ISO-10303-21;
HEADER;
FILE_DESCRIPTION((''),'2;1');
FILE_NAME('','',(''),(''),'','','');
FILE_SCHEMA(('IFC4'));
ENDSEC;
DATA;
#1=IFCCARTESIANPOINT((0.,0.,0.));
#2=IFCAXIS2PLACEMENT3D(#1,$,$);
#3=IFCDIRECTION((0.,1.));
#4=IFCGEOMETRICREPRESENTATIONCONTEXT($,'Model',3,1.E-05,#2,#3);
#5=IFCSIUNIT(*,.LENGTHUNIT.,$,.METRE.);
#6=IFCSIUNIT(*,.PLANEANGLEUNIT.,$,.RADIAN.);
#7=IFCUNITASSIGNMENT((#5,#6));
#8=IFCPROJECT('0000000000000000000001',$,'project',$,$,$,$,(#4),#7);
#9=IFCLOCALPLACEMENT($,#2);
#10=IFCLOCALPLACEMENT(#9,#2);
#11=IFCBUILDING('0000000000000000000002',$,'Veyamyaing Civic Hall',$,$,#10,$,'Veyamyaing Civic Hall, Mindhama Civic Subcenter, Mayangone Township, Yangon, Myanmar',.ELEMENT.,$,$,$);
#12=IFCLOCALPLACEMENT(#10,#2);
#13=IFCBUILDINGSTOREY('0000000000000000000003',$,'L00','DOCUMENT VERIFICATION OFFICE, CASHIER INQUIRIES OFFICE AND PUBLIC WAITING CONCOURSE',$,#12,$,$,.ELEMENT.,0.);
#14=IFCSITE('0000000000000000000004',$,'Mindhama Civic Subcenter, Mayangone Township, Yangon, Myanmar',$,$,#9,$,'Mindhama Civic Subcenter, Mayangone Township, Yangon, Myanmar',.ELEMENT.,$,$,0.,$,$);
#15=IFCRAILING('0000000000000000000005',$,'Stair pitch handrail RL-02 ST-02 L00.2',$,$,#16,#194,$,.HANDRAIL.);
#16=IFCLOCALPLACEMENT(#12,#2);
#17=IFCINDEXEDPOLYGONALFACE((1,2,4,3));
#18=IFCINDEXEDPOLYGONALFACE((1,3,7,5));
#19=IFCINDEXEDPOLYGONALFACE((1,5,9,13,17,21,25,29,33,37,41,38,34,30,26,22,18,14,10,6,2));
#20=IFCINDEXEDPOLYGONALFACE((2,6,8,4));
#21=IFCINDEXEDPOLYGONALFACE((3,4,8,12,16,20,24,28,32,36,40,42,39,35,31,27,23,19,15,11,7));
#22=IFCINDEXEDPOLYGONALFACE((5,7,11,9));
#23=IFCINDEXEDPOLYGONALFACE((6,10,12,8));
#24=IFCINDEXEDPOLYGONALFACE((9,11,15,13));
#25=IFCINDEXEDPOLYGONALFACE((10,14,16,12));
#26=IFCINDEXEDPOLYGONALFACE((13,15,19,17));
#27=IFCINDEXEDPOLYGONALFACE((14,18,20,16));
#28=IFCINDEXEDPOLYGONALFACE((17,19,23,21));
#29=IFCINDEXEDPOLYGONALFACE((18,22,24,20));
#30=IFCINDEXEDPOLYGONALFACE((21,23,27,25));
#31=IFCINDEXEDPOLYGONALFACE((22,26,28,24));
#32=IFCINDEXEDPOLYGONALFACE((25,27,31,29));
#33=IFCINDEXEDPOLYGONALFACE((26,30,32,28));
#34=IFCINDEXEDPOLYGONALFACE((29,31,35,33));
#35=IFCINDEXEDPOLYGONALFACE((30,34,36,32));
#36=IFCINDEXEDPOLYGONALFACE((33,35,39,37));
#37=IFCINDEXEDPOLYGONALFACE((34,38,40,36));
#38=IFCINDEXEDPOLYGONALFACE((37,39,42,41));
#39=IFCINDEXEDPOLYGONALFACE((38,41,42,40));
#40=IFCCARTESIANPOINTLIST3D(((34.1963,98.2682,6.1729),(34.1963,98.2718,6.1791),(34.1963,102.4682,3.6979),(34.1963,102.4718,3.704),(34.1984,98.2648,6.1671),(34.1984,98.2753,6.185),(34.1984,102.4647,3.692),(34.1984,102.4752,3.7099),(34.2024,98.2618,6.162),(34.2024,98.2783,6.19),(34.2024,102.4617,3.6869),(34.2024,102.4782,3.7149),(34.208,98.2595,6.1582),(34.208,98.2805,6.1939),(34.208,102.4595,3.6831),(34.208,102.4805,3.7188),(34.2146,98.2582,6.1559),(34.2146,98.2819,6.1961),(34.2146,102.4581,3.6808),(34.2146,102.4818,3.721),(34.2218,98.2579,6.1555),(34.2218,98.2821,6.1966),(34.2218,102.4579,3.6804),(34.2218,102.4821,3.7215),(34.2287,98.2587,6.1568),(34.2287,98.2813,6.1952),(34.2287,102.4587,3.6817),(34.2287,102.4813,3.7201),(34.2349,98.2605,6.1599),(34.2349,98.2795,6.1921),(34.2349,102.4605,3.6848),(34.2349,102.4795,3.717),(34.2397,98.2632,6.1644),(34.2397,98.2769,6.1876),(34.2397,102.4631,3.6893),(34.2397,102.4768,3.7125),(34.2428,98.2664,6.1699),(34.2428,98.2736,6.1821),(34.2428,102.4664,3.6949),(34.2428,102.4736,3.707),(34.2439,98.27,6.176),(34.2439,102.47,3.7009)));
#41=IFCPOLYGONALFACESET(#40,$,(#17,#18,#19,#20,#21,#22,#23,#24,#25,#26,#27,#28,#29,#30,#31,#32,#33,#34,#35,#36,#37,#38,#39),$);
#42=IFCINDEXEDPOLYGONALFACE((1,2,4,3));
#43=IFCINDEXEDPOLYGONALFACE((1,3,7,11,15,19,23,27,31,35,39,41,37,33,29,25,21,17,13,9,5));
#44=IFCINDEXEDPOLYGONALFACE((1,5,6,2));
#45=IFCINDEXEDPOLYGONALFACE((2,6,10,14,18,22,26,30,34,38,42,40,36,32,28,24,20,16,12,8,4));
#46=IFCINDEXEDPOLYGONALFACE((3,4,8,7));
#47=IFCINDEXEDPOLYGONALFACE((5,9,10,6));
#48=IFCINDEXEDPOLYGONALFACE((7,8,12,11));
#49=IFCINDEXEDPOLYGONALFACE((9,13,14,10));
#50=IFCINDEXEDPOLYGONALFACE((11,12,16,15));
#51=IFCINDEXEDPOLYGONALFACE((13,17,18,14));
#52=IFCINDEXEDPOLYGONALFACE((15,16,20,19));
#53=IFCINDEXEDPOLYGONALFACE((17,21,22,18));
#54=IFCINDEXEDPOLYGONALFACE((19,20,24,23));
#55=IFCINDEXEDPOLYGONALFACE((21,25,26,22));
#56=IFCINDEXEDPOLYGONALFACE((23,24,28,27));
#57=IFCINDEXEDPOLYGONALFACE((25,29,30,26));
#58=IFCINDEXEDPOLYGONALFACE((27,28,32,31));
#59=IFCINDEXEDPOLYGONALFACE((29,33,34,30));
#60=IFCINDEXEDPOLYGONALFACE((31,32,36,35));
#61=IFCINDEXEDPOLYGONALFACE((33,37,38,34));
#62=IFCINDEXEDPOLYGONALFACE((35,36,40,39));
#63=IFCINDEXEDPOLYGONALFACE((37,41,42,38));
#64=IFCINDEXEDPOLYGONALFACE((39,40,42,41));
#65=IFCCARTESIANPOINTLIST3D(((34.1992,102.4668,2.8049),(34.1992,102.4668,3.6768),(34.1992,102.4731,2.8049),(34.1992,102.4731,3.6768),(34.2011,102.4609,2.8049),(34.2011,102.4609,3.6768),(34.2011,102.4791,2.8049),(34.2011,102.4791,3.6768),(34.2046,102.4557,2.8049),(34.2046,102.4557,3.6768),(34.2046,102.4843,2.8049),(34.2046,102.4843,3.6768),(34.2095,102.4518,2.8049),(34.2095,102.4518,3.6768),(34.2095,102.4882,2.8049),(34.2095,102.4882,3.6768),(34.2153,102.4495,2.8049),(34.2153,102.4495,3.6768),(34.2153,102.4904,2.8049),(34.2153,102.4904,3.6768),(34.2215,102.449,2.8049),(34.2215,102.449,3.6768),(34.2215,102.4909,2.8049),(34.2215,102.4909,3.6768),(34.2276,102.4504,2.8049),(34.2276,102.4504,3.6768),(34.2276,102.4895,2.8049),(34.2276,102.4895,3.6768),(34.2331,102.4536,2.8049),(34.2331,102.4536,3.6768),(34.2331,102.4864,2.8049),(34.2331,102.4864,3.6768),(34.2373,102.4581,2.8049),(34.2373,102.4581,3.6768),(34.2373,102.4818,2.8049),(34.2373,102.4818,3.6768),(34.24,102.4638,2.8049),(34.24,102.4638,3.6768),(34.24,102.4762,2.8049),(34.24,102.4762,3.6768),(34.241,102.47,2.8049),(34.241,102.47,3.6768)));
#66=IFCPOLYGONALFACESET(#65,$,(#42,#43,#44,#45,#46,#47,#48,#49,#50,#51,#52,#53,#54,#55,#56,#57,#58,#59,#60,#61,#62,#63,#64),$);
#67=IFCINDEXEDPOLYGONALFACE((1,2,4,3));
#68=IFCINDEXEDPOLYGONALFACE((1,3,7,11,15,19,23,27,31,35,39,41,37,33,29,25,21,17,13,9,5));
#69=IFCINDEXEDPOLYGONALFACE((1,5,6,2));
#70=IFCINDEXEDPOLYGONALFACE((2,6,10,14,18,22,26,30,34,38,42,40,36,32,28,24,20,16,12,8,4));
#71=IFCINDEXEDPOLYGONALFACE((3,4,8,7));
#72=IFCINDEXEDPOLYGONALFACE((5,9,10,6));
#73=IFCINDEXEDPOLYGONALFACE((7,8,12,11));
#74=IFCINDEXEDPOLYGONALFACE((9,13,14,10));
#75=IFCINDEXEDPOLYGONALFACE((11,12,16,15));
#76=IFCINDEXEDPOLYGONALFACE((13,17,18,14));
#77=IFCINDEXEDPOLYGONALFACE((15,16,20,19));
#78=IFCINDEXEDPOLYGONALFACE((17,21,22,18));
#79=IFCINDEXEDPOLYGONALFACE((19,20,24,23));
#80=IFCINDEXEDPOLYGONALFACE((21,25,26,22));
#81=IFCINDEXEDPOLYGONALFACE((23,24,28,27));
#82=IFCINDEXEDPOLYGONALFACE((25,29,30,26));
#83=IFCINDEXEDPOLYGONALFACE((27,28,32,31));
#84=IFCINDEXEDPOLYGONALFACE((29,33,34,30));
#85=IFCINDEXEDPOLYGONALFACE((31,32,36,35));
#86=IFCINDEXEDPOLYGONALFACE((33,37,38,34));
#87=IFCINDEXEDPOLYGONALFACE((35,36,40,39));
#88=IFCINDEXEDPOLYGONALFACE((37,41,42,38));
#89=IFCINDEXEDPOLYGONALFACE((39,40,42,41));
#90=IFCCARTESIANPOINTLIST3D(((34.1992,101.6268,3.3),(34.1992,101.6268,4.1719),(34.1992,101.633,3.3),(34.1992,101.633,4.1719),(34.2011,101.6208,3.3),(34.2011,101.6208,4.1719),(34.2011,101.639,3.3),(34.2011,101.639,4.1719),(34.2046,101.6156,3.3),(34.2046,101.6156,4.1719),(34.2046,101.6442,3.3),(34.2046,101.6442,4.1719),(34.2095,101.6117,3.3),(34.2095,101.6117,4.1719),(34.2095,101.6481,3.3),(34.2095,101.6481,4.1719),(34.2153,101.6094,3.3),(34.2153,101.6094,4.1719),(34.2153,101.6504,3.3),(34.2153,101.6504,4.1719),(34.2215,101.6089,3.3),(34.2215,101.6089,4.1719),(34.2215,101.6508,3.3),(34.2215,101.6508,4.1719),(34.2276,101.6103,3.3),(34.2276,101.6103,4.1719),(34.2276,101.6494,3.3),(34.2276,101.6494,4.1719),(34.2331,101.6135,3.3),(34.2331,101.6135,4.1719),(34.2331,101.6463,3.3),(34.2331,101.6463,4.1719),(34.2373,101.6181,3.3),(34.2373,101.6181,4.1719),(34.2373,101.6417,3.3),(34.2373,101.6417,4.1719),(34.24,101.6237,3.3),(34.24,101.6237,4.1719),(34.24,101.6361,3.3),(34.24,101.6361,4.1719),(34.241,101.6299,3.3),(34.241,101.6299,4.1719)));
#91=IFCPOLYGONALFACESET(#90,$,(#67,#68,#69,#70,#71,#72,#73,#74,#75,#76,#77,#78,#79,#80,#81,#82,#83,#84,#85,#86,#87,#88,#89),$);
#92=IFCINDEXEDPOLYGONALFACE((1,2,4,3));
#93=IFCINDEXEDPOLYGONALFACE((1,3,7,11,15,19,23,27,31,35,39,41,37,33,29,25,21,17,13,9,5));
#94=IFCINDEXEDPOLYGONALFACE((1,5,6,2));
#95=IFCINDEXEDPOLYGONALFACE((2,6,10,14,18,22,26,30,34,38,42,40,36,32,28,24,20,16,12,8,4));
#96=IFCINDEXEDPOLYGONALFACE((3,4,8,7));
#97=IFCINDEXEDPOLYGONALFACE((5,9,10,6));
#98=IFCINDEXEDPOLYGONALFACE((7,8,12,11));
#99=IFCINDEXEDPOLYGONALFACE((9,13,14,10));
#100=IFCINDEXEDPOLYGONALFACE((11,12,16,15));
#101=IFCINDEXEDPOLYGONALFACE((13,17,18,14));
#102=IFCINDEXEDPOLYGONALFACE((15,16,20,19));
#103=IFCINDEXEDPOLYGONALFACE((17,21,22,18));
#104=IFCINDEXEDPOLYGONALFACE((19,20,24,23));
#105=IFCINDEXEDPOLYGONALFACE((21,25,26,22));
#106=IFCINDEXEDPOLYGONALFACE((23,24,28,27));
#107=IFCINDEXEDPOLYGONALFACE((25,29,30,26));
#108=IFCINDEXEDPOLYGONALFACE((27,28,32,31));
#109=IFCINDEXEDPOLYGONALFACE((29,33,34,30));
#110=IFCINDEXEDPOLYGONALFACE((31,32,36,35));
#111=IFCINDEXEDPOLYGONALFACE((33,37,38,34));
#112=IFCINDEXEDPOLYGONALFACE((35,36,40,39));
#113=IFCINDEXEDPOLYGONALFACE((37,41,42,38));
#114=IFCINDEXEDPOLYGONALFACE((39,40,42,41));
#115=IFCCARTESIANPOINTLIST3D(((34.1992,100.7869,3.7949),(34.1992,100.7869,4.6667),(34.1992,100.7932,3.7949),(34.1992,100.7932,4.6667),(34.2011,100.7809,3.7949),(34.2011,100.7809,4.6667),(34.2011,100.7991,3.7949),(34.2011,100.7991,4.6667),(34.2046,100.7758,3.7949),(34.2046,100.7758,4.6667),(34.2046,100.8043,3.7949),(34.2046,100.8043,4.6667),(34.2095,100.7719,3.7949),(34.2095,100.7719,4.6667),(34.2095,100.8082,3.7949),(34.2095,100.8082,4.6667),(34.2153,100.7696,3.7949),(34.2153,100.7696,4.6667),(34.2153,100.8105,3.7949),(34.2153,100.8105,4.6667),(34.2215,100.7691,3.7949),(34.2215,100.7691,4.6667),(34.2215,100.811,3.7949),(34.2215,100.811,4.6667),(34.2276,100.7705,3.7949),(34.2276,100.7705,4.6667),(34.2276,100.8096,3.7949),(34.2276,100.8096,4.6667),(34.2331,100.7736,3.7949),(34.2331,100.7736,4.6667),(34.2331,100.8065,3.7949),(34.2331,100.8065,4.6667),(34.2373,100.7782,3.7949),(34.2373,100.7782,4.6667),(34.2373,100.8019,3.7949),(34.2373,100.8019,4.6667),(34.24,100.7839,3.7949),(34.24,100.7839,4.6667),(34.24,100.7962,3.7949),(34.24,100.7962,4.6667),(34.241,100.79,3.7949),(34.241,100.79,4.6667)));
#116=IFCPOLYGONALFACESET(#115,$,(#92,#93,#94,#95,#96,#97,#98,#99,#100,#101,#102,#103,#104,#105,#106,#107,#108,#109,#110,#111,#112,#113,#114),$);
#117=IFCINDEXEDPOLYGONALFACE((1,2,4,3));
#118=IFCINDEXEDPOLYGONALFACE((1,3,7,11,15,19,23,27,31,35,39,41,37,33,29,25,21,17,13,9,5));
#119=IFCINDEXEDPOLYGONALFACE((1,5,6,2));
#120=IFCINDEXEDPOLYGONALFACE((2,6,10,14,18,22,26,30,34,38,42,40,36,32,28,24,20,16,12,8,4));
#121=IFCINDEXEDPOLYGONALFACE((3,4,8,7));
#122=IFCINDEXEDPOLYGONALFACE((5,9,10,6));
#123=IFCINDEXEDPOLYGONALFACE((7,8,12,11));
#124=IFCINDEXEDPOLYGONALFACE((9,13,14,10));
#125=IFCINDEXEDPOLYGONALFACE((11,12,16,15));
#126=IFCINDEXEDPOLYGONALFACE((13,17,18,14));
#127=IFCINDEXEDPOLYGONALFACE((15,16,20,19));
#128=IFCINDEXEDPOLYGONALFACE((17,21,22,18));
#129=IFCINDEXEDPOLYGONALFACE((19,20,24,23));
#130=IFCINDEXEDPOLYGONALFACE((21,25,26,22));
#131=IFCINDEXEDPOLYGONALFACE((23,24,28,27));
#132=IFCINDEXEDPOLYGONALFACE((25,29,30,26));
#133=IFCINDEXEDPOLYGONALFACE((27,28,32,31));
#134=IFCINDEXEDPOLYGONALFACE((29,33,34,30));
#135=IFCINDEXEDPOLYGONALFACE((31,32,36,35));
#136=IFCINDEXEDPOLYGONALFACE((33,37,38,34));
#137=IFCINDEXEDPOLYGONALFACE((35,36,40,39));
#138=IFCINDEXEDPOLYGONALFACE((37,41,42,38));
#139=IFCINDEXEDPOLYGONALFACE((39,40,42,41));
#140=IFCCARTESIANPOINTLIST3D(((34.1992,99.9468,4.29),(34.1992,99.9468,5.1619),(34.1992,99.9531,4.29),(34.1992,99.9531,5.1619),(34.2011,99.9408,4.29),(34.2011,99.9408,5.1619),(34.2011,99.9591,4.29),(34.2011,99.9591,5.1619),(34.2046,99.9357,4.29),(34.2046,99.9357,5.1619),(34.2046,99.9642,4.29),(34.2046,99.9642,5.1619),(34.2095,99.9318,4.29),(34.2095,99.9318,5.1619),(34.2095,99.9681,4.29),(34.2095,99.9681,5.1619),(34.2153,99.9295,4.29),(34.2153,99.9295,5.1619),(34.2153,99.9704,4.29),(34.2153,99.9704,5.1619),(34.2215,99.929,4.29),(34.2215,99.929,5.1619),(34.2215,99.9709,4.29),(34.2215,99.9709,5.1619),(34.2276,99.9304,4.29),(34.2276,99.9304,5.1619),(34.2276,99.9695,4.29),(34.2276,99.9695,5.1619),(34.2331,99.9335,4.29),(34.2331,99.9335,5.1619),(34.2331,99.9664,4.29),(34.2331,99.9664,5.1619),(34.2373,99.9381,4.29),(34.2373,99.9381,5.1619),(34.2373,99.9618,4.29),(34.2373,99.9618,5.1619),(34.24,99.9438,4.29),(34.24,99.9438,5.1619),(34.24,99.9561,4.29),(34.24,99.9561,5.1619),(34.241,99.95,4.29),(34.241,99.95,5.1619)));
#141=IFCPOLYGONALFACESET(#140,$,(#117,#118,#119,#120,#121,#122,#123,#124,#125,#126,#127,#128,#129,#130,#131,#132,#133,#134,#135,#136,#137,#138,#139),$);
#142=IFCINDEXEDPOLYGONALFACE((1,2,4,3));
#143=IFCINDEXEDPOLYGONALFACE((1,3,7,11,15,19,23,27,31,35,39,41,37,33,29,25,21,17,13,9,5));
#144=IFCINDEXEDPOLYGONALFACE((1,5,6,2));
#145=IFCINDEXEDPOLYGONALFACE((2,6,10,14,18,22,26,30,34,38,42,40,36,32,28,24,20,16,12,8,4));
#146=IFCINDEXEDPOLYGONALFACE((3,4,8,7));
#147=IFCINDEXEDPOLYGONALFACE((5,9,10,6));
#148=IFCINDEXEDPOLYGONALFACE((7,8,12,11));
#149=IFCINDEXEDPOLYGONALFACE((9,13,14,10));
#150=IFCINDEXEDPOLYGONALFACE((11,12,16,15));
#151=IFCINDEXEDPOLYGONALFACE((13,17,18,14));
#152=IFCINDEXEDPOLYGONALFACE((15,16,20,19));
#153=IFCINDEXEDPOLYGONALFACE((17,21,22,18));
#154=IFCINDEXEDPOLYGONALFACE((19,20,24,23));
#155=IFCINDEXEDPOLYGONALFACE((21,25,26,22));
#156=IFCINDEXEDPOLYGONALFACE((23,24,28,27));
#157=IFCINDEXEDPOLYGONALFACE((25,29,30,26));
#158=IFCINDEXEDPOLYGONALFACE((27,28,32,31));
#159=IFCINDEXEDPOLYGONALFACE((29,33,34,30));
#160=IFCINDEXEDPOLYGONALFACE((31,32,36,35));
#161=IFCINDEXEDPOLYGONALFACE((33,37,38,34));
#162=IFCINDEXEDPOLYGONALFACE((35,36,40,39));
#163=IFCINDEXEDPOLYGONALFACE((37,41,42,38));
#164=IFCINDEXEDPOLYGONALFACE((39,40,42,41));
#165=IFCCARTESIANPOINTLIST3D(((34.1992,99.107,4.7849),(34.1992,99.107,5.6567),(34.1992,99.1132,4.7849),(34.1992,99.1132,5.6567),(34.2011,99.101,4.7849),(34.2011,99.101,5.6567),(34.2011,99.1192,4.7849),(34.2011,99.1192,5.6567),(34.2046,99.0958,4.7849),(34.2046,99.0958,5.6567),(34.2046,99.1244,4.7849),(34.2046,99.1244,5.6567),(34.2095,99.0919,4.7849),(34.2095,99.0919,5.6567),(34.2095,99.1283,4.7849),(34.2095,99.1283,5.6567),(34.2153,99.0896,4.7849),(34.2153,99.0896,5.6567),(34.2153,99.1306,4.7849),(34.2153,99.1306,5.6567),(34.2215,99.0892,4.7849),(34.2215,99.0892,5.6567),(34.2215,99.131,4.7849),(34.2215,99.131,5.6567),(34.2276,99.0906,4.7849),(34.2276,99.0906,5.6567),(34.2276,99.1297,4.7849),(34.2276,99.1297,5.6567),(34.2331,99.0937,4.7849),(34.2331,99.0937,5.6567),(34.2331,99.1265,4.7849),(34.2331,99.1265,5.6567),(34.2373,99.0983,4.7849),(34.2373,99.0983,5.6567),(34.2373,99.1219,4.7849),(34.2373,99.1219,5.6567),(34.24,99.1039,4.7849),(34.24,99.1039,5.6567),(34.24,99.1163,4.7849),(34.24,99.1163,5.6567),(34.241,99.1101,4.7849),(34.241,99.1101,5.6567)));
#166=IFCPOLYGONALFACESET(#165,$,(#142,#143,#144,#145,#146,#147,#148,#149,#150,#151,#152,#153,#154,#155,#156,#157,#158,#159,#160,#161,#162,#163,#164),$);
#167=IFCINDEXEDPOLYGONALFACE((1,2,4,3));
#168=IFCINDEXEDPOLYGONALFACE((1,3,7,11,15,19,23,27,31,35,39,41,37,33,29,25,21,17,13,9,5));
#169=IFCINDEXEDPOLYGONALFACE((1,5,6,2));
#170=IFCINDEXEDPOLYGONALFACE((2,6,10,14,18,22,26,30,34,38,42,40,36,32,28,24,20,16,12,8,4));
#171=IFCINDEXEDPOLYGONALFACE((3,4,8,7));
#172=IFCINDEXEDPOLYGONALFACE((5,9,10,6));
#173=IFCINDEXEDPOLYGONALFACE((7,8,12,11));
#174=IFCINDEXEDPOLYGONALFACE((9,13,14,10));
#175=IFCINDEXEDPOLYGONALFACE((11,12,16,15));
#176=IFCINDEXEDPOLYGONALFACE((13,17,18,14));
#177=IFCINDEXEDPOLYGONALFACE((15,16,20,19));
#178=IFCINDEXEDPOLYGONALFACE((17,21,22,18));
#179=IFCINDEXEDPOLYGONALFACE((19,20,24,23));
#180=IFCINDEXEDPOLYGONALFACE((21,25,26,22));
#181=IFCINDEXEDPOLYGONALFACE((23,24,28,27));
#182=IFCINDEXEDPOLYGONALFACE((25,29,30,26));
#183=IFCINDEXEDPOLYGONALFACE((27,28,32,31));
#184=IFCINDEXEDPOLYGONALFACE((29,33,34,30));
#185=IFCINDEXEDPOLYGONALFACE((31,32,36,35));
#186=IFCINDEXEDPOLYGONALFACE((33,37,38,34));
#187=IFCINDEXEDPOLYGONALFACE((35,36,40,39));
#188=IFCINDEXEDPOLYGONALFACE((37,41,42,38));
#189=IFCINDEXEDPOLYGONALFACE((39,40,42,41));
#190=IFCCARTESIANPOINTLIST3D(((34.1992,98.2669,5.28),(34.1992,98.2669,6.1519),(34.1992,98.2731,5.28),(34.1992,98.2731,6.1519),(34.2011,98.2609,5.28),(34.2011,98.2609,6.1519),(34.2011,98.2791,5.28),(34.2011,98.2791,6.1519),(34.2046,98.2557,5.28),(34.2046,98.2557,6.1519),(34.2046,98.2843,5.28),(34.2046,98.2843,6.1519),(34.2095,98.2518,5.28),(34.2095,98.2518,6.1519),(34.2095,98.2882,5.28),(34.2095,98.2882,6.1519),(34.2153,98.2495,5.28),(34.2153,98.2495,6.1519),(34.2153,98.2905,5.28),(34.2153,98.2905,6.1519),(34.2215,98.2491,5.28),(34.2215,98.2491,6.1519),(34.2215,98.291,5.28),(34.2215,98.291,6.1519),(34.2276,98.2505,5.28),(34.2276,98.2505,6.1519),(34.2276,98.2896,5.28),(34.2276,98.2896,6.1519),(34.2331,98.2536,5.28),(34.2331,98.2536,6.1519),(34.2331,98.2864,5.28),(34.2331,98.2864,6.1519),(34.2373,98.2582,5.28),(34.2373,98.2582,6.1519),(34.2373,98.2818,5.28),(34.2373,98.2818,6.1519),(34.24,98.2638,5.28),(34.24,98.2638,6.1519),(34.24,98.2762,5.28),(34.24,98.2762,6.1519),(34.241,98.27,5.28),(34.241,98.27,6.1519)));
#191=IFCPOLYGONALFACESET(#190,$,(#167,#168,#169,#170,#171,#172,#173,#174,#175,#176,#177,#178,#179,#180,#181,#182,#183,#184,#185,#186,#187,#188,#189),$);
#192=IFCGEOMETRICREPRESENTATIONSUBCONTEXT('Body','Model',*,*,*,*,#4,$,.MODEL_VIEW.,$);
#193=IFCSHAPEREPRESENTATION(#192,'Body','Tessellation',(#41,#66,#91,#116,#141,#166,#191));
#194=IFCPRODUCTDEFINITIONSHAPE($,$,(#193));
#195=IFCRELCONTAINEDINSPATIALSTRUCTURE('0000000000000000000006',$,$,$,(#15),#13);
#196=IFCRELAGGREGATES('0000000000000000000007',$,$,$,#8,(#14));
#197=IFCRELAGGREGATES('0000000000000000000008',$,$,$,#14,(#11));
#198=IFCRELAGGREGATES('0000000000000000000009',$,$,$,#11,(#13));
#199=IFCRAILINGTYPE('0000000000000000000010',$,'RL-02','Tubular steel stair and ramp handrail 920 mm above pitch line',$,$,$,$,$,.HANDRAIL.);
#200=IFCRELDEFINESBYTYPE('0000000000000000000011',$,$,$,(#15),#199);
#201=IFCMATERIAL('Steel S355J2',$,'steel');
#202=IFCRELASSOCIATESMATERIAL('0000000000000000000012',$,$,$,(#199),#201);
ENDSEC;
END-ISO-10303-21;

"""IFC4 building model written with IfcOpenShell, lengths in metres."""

from ifc_helpers import new_model, si_unit, direction, frame, origin, origin_2d, place, context, subcontext, project, spatial, circle, extrude, material, type_object, element, save


model = new_model("IFC4")

# Units and contexts
model_context = context("Model", 3, precision=1e-05, world=origin(), true_north=direction((0.0, 1.0)))
body_context = subcontext(model_context, "Body", "Model", "MODEL_VIEW")
ifc_project = project(units=[si_unit("LENGTHUNIT", "METRE"), si_unit("PLANEANGLEUNIT", "RADIAN")], contexts=[model_context])

# Site, building, storey
site_placement = place(None, origin())
site = spatial("IfcSite", under=ifc_project, at=site_placement, Name="Mindhama Civic Subcenter, Mayangone Township, Yangon, Myanmar", LongName="Mindhama Civic Subcenter, Mayangone Township, Yangon, Myanmar", CompositionType="ELEMENT", RefElevation=0.0)
building_placement = place(site_placement, origin())
building = spatial("IfcBuilding", under=site, at=building_placement, Name="Veyamyaing Civic Hall", LongName="Veyamyaing Civic Hall, Mindhama Civic Subcenter, Mayangone Township, Yangon, Myanmar", CompositionType="ELEMENT")
storey_placement = place(building_placement, origin())
storey = spatial("IfcBuildingStorey", under=building, at=storey_placement, Name="L00", Description="DOCUMENT VERIFICATION OFFICE, CASHIER INQUIRIES OFFICE AND PUBLIC WAITING CONCOURSE", CompositionType="ELEMENT", Elevation=0.0)

# Railing
ifc_material_1 = material(Name="Steel S355J2", Category="steel")
railing_type_1 = type_object("IfcRailingType", Name="RL-02", Description="Tubular steel stair and ramp handrail 920 mm above pitch line", PredefinedType="HANDRAIL", material=ifc_material_1)
railing_1_placement = place(storey_placement, frame((34.22, 102.47, 2.8049)))
element("IfcRailing", 1, at=railing_1_placement, inside=storey, type_object=railing_type_1, Name="Stair pitch handrail RL-02 ST-02 L00.2", PredefinedType="HANDRAIL", context=body_context, shape_type="SweptSolid", body=[
    extrude(circle(Radius=0.0239, at=origin_2d()), frame((0.0, 0.0, 0.896), z_axis=(0.0, -0.861527, 0.507712), x_axis=(1.0, 0.0, 0.0)), (0.0, 0.0, 1.0), 4.875),
    extrude(circle(Radius=0.021, at=origin_2d()), origin(), (0.0, 0.0, 1.0), 0.8718),
    extrude(circle(Radius=0.021, at=origin_2d()), frame((0.0, -0.8401, 0.4951)), (0.0, 0.0, 1.0), 0.8718),
    extrude(circle(Radius=0.021, at=origin_2d()), frame((0.0, -1.6799, 0.99)), (0.0, 0.0, 1.0), 0.8718),
    extrude(circle(Radius=0.021, at=origin_2d()), frame((0.0, -2.52, 1.4851)), (0.0, 0.0, 1.0), 0.8718),
    extrude(circle(Radius=0.021, at=origin_2d()), frame((0.0, -3.3599, 1.98)), (0.0, 0.0, 1.0), 0.8718),
    extrude(circle(Radius=0.021, at=origin_2d()), frame((0.0, -4.2, 2.4751)), (0.0, 0.0, 1.0), 0.8718),
])

save(model, "model.ifc")
